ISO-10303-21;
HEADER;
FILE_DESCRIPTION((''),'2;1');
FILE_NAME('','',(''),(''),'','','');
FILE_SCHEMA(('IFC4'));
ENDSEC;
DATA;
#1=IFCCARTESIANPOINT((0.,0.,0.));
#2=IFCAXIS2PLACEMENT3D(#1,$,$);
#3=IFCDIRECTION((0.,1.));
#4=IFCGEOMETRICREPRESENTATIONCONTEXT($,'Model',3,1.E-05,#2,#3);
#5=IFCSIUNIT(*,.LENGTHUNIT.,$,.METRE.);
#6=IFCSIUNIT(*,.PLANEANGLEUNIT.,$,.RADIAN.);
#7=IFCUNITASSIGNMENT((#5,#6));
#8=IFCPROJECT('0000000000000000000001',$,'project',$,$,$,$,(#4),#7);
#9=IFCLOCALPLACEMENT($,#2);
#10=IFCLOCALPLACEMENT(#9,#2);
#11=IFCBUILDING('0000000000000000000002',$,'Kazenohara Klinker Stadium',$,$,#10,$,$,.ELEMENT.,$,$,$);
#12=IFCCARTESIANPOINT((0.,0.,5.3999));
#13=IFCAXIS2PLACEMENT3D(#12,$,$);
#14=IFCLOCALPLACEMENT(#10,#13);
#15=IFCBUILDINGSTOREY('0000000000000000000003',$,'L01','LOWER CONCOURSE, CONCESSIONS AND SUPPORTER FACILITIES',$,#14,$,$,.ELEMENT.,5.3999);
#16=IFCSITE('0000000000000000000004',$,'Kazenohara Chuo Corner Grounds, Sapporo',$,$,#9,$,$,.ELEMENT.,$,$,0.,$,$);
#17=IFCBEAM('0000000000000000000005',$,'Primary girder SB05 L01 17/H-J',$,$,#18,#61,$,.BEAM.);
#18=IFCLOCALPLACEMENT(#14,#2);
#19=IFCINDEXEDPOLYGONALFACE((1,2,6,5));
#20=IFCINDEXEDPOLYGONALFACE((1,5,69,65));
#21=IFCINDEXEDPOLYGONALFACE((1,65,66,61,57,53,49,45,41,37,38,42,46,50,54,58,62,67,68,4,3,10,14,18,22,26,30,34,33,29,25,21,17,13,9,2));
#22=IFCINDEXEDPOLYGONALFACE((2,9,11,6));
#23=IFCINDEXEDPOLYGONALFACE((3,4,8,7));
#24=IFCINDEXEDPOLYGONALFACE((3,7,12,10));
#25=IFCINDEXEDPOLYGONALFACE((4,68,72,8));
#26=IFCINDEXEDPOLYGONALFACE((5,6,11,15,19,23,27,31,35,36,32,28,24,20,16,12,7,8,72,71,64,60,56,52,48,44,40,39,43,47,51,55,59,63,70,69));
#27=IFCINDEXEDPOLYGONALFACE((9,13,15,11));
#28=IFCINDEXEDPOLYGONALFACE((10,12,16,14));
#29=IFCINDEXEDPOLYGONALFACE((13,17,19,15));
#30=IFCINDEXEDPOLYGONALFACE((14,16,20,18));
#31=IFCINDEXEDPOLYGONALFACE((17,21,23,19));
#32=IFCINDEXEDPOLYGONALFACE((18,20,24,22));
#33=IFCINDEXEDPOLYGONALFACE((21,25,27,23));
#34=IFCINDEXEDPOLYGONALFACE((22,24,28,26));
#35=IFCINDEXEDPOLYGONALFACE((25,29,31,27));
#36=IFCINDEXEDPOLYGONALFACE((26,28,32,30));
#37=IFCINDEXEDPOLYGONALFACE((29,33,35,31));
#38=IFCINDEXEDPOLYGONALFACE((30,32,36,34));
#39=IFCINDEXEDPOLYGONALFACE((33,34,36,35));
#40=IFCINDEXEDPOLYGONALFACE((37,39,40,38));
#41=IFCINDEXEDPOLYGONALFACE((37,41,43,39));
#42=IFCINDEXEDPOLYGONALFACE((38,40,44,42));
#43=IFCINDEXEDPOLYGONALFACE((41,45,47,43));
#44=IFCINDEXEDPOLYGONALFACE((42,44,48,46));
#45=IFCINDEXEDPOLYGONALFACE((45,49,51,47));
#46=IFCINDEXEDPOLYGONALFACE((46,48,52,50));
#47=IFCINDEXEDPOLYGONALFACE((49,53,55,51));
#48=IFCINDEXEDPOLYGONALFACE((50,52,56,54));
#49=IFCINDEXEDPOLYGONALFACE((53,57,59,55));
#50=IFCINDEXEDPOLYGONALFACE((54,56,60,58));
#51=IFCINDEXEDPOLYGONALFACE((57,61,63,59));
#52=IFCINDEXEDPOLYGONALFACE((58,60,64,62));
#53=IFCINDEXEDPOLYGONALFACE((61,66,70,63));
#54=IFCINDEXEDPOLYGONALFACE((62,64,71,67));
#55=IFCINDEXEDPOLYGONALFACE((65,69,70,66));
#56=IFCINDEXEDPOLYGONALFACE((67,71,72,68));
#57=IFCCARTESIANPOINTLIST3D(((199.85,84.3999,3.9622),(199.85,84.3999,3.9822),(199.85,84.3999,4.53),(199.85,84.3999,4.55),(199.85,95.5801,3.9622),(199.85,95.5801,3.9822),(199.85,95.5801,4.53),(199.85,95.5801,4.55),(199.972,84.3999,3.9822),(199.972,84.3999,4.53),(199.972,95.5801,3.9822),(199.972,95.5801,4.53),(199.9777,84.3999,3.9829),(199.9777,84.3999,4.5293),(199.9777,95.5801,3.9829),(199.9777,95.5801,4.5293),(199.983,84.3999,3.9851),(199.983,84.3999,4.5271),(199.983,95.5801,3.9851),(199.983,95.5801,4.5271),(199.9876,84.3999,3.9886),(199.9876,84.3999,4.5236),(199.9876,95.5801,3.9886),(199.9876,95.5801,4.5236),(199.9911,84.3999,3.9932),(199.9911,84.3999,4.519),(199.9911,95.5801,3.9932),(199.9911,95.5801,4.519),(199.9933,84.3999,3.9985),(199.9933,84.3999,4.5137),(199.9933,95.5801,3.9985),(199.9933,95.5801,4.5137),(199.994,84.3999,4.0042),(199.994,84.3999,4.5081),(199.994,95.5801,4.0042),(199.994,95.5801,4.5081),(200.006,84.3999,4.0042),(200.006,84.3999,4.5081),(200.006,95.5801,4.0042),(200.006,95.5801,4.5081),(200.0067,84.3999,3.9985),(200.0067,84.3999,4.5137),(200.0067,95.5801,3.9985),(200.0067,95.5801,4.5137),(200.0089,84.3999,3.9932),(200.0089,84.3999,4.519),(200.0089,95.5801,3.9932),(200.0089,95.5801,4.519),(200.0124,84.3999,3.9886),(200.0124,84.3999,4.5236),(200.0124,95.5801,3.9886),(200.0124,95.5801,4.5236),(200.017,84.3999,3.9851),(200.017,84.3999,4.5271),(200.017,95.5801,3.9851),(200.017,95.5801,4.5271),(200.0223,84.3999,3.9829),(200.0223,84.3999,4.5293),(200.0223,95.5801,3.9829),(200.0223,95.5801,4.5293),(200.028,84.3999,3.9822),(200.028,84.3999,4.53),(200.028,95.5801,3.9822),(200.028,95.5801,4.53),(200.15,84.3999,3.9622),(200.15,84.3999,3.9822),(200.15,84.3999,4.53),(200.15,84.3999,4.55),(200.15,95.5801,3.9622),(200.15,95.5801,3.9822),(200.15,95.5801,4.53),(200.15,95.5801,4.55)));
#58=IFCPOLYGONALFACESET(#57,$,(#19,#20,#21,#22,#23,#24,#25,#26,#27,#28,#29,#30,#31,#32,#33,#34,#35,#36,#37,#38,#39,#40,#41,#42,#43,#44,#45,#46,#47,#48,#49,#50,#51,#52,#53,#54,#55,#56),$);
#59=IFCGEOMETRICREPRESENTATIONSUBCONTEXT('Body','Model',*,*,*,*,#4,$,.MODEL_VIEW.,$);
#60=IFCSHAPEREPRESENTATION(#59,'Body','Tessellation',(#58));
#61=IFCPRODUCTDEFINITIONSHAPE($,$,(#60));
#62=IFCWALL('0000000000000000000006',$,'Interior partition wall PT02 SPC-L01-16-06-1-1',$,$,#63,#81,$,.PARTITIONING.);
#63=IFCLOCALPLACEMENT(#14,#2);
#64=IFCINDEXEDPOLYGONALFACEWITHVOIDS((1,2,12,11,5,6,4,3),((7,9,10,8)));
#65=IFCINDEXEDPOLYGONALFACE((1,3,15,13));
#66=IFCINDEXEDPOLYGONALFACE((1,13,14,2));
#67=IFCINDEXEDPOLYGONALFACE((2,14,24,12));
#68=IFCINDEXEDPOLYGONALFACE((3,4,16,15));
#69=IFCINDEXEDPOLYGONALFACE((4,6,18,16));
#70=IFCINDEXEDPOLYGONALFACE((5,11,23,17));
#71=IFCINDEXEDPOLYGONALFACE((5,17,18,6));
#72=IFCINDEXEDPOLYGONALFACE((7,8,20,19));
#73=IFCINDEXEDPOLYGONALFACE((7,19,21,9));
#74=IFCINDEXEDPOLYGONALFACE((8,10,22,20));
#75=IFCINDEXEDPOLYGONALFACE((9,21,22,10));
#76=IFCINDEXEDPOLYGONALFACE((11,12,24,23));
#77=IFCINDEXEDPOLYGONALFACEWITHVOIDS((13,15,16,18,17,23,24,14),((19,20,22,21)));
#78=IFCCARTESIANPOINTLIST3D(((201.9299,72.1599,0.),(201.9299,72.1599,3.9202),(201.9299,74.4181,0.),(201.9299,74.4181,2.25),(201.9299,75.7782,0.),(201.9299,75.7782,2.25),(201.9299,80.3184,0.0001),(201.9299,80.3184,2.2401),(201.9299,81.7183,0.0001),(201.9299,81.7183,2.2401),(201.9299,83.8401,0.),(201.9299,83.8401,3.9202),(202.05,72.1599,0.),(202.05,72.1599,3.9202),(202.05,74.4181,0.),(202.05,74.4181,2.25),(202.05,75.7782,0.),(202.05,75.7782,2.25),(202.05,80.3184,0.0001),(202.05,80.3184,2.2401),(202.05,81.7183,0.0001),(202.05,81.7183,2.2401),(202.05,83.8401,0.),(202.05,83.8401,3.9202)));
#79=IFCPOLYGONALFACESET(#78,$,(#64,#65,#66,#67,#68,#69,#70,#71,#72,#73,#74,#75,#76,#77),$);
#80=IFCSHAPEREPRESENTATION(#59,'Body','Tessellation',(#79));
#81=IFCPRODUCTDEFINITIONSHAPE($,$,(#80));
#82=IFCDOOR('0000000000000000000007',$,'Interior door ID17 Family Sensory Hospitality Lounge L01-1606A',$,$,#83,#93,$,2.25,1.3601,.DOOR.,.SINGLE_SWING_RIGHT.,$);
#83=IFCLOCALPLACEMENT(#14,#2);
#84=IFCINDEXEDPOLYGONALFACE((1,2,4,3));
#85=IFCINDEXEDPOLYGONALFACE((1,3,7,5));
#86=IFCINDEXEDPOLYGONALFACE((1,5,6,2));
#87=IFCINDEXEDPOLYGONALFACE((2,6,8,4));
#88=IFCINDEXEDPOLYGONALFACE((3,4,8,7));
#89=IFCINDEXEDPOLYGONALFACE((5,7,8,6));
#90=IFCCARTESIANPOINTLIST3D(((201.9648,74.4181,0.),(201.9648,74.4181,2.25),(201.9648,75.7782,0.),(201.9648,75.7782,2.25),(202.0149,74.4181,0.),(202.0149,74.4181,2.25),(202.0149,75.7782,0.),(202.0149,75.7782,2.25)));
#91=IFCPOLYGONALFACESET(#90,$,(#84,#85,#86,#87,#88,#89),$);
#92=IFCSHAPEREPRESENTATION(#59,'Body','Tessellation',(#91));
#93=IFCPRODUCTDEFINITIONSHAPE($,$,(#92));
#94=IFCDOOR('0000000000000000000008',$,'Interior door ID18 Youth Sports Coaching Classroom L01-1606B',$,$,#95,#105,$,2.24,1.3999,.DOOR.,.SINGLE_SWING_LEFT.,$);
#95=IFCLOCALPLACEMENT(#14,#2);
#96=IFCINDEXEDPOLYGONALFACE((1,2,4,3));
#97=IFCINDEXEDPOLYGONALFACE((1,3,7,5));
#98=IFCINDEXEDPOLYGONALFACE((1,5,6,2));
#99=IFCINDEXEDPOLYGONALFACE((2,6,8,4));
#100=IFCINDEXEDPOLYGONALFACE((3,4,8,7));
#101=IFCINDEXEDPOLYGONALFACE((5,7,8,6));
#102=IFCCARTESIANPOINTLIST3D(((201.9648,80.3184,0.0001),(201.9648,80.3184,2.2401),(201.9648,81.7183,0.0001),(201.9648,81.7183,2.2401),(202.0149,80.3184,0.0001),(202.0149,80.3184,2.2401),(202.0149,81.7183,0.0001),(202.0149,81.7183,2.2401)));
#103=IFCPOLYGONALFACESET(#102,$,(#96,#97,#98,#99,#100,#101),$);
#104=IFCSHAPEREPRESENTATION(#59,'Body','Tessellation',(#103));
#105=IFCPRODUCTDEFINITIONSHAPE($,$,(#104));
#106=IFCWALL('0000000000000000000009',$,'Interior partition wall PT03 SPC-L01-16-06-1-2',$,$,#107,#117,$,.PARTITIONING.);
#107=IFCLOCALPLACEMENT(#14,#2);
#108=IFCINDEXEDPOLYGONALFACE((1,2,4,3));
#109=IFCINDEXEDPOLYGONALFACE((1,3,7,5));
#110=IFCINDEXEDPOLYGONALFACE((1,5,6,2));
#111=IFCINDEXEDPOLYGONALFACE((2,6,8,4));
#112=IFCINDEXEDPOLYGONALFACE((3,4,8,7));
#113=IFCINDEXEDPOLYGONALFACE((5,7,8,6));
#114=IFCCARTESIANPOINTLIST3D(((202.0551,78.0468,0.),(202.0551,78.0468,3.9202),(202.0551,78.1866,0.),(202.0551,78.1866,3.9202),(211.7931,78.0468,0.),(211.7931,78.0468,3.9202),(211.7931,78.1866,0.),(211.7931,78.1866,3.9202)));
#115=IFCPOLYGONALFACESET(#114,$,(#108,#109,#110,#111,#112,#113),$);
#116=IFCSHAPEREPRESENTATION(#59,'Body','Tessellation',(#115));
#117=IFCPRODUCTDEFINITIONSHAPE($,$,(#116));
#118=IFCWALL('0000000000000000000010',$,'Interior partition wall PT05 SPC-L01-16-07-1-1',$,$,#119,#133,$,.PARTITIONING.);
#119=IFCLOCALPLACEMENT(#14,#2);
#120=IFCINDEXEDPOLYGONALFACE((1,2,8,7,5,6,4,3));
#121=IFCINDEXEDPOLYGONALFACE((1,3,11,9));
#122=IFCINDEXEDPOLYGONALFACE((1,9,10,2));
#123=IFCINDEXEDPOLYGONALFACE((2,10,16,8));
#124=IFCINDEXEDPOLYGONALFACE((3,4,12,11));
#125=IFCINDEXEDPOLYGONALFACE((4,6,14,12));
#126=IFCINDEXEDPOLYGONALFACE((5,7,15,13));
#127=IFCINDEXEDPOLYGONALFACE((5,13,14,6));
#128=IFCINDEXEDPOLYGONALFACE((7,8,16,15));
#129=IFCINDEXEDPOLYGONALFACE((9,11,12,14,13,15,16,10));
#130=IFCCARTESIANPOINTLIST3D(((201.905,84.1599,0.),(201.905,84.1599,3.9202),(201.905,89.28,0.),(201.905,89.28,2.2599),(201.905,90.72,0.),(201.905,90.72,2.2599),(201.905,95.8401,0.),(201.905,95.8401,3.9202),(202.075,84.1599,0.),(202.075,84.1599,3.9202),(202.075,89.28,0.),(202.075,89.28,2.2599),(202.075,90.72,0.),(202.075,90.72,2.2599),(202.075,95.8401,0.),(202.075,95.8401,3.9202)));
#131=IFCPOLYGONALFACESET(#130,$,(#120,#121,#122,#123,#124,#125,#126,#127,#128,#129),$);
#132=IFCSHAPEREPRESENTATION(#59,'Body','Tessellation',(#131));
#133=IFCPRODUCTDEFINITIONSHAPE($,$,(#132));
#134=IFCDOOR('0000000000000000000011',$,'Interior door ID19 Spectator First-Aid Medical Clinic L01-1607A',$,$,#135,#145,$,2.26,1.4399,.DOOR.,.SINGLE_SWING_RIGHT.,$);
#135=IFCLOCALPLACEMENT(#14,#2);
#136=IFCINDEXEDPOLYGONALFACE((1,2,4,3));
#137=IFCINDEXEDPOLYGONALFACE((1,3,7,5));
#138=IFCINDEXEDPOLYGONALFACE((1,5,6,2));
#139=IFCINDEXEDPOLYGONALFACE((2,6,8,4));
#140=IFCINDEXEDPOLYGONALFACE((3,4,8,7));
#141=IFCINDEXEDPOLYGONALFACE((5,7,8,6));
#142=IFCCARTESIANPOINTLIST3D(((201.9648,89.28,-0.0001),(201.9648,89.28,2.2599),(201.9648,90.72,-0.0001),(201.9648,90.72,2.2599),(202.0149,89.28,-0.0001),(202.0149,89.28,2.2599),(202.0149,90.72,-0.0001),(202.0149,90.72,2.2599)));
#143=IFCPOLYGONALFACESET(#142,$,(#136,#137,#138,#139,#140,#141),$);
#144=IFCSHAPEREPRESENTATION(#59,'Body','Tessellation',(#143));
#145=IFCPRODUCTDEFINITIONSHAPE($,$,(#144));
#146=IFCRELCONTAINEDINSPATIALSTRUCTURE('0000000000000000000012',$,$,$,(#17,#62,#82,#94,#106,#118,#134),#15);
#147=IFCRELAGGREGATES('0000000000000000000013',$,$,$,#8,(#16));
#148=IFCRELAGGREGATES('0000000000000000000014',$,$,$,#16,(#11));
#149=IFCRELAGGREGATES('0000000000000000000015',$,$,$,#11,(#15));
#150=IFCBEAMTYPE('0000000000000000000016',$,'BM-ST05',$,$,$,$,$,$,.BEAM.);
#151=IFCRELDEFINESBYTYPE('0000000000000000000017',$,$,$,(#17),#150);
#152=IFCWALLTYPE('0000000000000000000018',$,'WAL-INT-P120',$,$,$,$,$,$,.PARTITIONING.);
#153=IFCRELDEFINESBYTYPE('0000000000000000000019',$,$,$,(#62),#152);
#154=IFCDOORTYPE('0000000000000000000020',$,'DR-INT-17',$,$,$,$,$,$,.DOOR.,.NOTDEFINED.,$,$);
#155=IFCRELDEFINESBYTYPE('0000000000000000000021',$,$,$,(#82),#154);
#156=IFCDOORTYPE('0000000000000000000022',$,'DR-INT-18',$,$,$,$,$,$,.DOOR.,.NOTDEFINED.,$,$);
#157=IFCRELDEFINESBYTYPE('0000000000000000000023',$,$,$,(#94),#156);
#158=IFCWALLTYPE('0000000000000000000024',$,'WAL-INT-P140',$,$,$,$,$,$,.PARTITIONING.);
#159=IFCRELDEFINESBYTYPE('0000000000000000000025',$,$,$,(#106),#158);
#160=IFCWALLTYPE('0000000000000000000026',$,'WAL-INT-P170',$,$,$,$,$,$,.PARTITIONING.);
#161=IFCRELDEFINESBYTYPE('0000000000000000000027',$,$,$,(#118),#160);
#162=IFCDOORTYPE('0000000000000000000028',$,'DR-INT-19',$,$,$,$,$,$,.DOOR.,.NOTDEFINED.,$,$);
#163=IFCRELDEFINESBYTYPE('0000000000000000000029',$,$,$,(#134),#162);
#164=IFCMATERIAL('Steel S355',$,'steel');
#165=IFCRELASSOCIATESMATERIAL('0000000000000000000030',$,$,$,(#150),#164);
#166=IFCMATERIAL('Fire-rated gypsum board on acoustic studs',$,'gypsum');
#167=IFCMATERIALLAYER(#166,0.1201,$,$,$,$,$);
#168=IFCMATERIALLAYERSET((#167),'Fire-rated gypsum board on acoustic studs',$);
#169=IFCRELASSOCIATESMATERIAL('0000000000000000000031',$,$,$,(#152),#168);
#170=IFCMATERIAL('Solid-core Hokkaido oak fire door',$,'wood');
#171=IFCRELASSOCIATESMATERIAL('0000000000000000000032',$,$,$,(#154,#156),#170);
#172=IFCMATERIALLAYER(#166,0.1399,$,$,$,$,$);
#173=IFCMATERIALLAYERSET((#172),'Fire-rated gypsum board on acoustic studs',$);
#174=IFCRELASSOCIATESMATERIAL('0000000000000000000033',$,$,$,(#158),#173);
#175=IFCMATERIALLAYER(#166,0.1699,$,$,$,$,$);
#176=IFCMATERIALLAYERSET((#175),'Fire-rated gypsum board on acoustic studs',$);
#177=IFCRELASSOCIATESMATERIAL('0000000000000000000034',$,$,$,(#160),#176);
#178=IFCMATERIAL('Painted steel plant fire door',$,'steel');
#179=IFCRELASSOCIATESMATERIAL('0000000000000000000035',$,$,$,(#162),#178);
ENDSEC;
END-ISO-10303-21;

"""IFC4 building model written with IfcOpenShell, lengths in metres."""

from ifc_helpers import new_model, si_unit, direction, frame, frame_2d, origin, origin_2d, place, context, subcontext, project, spatial, rectangle, i_section, extrude, material, layer, layer_set, material_profile, profile_set, type_object, element, fill, save


model = new_model("IFC4")

# Units and contexts
model_context = context("Model", 3, precision=1e-05, world=origin(), true_north=direction((0.0, 1.0)))
body_context = subcontext(model_context, "Body", "Model", "MODEL_VIEW")
ifc_project = project(units=[si_unit("LENGTHUNIT", "METRE"), si_unit("PLANEANGLEUNIT", "RADIAN")], contexts=[model_context])

# Site, building, storey
site_placement = place(None, origin())
site = spatial("IfcSite", under=ifc_project, at=site_placement, Name="Kazenohara Chuo Corner Grounds, Sapporo", CompositionType="ELEMENT", RefElevation=0.0)
building_placement = place(site_placement, origin())
building = spatial("IfcBuilding", under=site, at=building_placement, Name="Kazenohara Klinker Stadium", CompositionType="ELEMENT")
storey_placement = place(building_placement, frame((0.0, 0.0, 5.3999)))
storey = spatial("IfcBuildingStorey", under=building, at=storey_placement, Name="L01", Description="LOWER CONCOURSE, CONCESSIONS AND SUPPORTER FACILITIES", CompositionType="ELEMENT", Elevation=5.3999)

# Beam
ifc_material_1 = material(Name="Steel S355", Category="steel")
ifc_material_profile_1 = material_profile(ifc_material_1, i_section(OverallWidth=0.3, OverallDepth=0.5879, WebThickness=0.012, FlangeThickness=0.02, FilletRadius=0.022, at=origin_2d()), Name="H-588x300x12x20")
ifc_profile_set_1 = profile_set([ifc_material_profile_1], Name="Steel S355")
beam_type_1 = type_object("IfcBeamType", Name="BM-ST05", PredefinedType="BEAM", material=ifc_profile_set_1)
beam_1_placement = place(storey_placement, frame((200.0, 84.3999, 4.2561), z_axis=(0.0, 1.0, 0.0), x_axis=(-1.0, 0.0, 0.0)))
element("IfcBeam", 1, at=beam_1_placement, inside=storey, type_object=beam_type_1, Name="Primary girder SB05 L01 17/H-J", PredefinedType="BEAM", context=body_context, shape_type="SweptSolid", body=[
    extrude(i_section(OverallWidth=0.3, OverallDepth=0.5879, WebThickness=0.012, FlangeThickness=0.02, FilletRadius=0.022, at=origin_2d()), origin(), (0.0, 0.0, 1.0), 11.1802),
])

# Wall, openings, doors
ifc_material_2 = material(Name="Fire-rated gypsum board on acoustic studs", Category="gypsum")
ifc_layer_1 = layer(ifc_material_2, 0.1201)
ifc_layer_set_1 = layer_set([ifc_layer_1], Name="Fire-rated gypsum board on acoustic studs")
wall_type_1 = type_object("IfcWallType", Name="WAL-INT-P120", PredefinedType="PARTITIONING", material=ifc_layer_set_1)
wall_1_placement = place(storey_placement, frame((201.99, 72.1599, 0.0), z_axis=(0.0, 0.0, 1.0), x_axis=(0.0, 1.0, 0.0)))
wall_1 = element("IfcWall", 2, at=wall_1_placement, inside=storey, type_object=wall_type_1, Name="Interior partition wall PT02 SPC-L01-16-06-1-1", PredefinedType="PARTITIONING", context=body_context, shape_type="SweptSolid", body=[
    extrude(rectangle(XDim=11.6802, YDim=0.1201, at=frame_2d((5.8401, 0.0))), origin(), (0.0, 0.0, 1.0), 3.9202),
])
opening_1_placement = place(wall_1_placement, frame((3.6184, 0.0, 0.0), z_axis=(0.0, 0.0, 1.0), x_axis=(-1.0, 0.0, 0.0)))
opening_1 = element("IfcOpeningElement", 3, at=opening_1_placement, cuts=wall_1, PredefinedType="OPENING", context=body_context, shape_type="SweptSolid", body=[
    extrude(rectangle(XDim=1.3601, YDim=2.25, at=frame_2d((0.6802, 1.125))), frame((0.0, 0.0701, 0.0), z_axis=(0.0, -1.0, 0.0), x_axis=(1.0, 0.0, 0.0)), (0.0, 0.0, 1.0), 0.1401),
])
opening_2_placement = place(wall_1_placement, frame((9.5583, 0.0, 0.0), z_axis=(0.0, 0.0, 1.0), x_axis=(-1.0, 0.0, 0.0)))
opening_2 = element("IfcOpeningElement", 4, at=opening_2_placement, cuts=wall_1, PredefinedType="OPENING", context=body_context, shape_type="SweptSolid", body=[
    extrude(rectangle(XDim=1.3999, YDim=2.24, at=frame_2d((0.7, 1.1201))), frame((0.0, 0.0701, 0.0), z_axis=(0.0, -1.0, 0.0), x_axis=(1.0, 0.0, 0.0)), (0.0, 0.0, 1.0), 0.1401),
])
ifc_material_3 = material(Name="Solid-core Hokkaido oak fire door", Category="wood")
door_type_1 = type_object("IfcDoorType", Name="DR-INT-17", OperationType="NOTDEFINED", PredefinedType="DOOR", material=ifc_material_3)
door_1_placement = place(opening_1_placement, origin())
door_1 = element("IfcDoor", 5, at=door_1_placement, inside=storey, type_object=door_type_1, Name="Interior door ID17 Family Sensory Hospitality Lounge L01-1606A", OperationType="SINGLE_SWING_RIGHT", OverallHeight=2.25, OverallWidth=1.3601, PredefinedType="DOOR", context=body_context, shape_type="SweptSolid", body=[
    extrude(rectangle(XDim=1.3601, YDim=2.25, at=frame_2d((0.6802, 1.125))), frame((0.0, 0.0249, 0.0), z_axis=(0.0, -1.0, 0.0), x_axis=(1.0, 0.0, 0.0)), (0.0, 0.0, 1.0), 0.05),
])
fill(opening_1, door_1)
door_type_2 = type_object("IfcDoorType", Name="DR-INT-18", OperationType="NOTDEFINED", PredefinedType="DOOR", material=ifc_material_3)
door_2_placement = place(opening_2_placement, origin())
door_2 = element("IfcDoor", 6, at=door_2_placement, inside=storey, type_object=door_type_2, Name="Interior door ID18 Youth Sports Coaching Classroom L01-1606B", OperationType="SINGLE_SWING_LEFT", OverallHeight=2.24, OverallWidth=1.3999, PredefinedType="DOOR", context=body_context, shape_type="SweptSolid", body=[
    extrude(rectangle(XDim=1.3999, YDim=2.24, at=frame_2d((0.7, 1.1201))), frame((0.0, 0.0249, 0.0), z_axis=(0.0, -1.0, 0.0), x_axis=(1.0, 0.0, 0.0)), (0.0, 0.0, 1.0), 0.05),
])
fill(opening_2, door_2)

# Wall
ifc_layer_2 = layer(ifc_material_2, 0.1399)
ifc_layer_set_2 = layer_set([ifc_layer_2], Name="Fire-rated gypsum board on acoustic studs")
wall_type_2 = type_object("IfcWallType", Name="WAL-INT-P140", PredefinedType="PARTITIONING", material=ifc_layer_set_2)
wall_2_placement = place(storey_placement, frame((202.0549, 78.1167, 0.0), z_axis=(0.0, 0.0, 1.0), x_axis=(1.0, 0.0, 0.0)))
element("IfcWall", 7, at=wall_2_placement, inside=storey, type_object=wall_type_2, Name="Interior partition wall PT03 SPC-L01-16-06-1-2", PredefinedType="PARTITIONING", context=body_context, shape_type="SweptSolid", body=[
    extrude(rectangle(XDim=9.738, YDim=0.1399, at=frame_2d((4.8691, 0.0))), origin(), (0.0, 0.0, 1.0), 3.9202),
])

# Wall, opening, door
ifc_layer_3 = layer(ifc_material_2, 0.1699)
ifc_layer_set_3 = layer_set([ifc_layer_3], Name="Fire-rated gypsum board on acoustic studs")
wall_type_3 = type_object("IfcWallType", Name="WAL-INT-P170", PredefinedType="PARTITIONING", material=ifc_layer_set_3)
wall_3_placement = place(storey_placement, frame((201.99, 84.1599, 0.0), z_axis=(0.0, 0.0, 1.0), x_axis=(0.0, 1.0, 0.0)))
wall_3 = element("IfcWall", 8, at=wall_3_placement, inside=storey, type_object=wall_type_3, Name="Interior partition wall PT05 SPC-L01-16-07-1-1", PredefinedType="PARTITIONING", context=body_context, shape_type="SweptSolid", body=[
    extrude(rectangle(XDim=11.6802, YDim=0.1699, at=frame_2d((5.8401, 0.0))), origin(), (0.0, 0.0, 1.0), 3.9202),
])
opening_3_placement = place(wall_3_placement, frame((6.5601, 0.0, 0.0), z_axis=(0.0, 0.0, 1.0), x_axis=(-1.0, 0.0, 0.0)))
opening_3 = element("IfcOpeningElement", 9, at=opening_3_placement, cuts=wall_3, PredefinedType="OPENING", context=body_context, shape_type="SweptSolid", body=[
    extrude(rectangle(XDim=1.4399, YDim=2.26, at=frame_2d((0.72, 1.1299))), frame((0.0, 0.095, 0.0), z_axis=(0.0, -1.0, 0.0), x_axis=(1.0, 0.0, 0.0)), (0.0, 0.0, 1.0), 0.1899),
])
ifc_material_4 = material(Name="Painted steel plant fire door", Category="steel")
door_type_3 = type_object("IfcDoorType", Name="DR-INT-19", OperationType="NOTDEFINED", PredefinedType="DOOR", material=ifc_material_4)
door_3_placement = place(opening_3_placement, origin())
door_3 = element("IfcDoor", 10, at=door_3_placement, inside=storey, type_object=door_type_3, Name="Interior door ID19 Spectator First-Aid Medical Clinic L01-1607A", OperationType="SINGLE_SWING_RIGHT", OverallHeight=2.26, OverallWidth=1.4399, PredefinedType="DOOR", context=body_context, shape_type="SweptSolid", body=[
    extrude(rectangle(XDim=1.4399, YDim=2.26, at=frame_2d((0.72, 1.1299))), frame((0.0, 0.0249, 0.0), z_axis=(0.0, -1.0, 0.0), x_axis=(1.0, 0.0, 0.0)), (0.0, 0.0, 1.0), 0.05),
])
fill(opening_3, door_3)

save(model, "model.ifc")
